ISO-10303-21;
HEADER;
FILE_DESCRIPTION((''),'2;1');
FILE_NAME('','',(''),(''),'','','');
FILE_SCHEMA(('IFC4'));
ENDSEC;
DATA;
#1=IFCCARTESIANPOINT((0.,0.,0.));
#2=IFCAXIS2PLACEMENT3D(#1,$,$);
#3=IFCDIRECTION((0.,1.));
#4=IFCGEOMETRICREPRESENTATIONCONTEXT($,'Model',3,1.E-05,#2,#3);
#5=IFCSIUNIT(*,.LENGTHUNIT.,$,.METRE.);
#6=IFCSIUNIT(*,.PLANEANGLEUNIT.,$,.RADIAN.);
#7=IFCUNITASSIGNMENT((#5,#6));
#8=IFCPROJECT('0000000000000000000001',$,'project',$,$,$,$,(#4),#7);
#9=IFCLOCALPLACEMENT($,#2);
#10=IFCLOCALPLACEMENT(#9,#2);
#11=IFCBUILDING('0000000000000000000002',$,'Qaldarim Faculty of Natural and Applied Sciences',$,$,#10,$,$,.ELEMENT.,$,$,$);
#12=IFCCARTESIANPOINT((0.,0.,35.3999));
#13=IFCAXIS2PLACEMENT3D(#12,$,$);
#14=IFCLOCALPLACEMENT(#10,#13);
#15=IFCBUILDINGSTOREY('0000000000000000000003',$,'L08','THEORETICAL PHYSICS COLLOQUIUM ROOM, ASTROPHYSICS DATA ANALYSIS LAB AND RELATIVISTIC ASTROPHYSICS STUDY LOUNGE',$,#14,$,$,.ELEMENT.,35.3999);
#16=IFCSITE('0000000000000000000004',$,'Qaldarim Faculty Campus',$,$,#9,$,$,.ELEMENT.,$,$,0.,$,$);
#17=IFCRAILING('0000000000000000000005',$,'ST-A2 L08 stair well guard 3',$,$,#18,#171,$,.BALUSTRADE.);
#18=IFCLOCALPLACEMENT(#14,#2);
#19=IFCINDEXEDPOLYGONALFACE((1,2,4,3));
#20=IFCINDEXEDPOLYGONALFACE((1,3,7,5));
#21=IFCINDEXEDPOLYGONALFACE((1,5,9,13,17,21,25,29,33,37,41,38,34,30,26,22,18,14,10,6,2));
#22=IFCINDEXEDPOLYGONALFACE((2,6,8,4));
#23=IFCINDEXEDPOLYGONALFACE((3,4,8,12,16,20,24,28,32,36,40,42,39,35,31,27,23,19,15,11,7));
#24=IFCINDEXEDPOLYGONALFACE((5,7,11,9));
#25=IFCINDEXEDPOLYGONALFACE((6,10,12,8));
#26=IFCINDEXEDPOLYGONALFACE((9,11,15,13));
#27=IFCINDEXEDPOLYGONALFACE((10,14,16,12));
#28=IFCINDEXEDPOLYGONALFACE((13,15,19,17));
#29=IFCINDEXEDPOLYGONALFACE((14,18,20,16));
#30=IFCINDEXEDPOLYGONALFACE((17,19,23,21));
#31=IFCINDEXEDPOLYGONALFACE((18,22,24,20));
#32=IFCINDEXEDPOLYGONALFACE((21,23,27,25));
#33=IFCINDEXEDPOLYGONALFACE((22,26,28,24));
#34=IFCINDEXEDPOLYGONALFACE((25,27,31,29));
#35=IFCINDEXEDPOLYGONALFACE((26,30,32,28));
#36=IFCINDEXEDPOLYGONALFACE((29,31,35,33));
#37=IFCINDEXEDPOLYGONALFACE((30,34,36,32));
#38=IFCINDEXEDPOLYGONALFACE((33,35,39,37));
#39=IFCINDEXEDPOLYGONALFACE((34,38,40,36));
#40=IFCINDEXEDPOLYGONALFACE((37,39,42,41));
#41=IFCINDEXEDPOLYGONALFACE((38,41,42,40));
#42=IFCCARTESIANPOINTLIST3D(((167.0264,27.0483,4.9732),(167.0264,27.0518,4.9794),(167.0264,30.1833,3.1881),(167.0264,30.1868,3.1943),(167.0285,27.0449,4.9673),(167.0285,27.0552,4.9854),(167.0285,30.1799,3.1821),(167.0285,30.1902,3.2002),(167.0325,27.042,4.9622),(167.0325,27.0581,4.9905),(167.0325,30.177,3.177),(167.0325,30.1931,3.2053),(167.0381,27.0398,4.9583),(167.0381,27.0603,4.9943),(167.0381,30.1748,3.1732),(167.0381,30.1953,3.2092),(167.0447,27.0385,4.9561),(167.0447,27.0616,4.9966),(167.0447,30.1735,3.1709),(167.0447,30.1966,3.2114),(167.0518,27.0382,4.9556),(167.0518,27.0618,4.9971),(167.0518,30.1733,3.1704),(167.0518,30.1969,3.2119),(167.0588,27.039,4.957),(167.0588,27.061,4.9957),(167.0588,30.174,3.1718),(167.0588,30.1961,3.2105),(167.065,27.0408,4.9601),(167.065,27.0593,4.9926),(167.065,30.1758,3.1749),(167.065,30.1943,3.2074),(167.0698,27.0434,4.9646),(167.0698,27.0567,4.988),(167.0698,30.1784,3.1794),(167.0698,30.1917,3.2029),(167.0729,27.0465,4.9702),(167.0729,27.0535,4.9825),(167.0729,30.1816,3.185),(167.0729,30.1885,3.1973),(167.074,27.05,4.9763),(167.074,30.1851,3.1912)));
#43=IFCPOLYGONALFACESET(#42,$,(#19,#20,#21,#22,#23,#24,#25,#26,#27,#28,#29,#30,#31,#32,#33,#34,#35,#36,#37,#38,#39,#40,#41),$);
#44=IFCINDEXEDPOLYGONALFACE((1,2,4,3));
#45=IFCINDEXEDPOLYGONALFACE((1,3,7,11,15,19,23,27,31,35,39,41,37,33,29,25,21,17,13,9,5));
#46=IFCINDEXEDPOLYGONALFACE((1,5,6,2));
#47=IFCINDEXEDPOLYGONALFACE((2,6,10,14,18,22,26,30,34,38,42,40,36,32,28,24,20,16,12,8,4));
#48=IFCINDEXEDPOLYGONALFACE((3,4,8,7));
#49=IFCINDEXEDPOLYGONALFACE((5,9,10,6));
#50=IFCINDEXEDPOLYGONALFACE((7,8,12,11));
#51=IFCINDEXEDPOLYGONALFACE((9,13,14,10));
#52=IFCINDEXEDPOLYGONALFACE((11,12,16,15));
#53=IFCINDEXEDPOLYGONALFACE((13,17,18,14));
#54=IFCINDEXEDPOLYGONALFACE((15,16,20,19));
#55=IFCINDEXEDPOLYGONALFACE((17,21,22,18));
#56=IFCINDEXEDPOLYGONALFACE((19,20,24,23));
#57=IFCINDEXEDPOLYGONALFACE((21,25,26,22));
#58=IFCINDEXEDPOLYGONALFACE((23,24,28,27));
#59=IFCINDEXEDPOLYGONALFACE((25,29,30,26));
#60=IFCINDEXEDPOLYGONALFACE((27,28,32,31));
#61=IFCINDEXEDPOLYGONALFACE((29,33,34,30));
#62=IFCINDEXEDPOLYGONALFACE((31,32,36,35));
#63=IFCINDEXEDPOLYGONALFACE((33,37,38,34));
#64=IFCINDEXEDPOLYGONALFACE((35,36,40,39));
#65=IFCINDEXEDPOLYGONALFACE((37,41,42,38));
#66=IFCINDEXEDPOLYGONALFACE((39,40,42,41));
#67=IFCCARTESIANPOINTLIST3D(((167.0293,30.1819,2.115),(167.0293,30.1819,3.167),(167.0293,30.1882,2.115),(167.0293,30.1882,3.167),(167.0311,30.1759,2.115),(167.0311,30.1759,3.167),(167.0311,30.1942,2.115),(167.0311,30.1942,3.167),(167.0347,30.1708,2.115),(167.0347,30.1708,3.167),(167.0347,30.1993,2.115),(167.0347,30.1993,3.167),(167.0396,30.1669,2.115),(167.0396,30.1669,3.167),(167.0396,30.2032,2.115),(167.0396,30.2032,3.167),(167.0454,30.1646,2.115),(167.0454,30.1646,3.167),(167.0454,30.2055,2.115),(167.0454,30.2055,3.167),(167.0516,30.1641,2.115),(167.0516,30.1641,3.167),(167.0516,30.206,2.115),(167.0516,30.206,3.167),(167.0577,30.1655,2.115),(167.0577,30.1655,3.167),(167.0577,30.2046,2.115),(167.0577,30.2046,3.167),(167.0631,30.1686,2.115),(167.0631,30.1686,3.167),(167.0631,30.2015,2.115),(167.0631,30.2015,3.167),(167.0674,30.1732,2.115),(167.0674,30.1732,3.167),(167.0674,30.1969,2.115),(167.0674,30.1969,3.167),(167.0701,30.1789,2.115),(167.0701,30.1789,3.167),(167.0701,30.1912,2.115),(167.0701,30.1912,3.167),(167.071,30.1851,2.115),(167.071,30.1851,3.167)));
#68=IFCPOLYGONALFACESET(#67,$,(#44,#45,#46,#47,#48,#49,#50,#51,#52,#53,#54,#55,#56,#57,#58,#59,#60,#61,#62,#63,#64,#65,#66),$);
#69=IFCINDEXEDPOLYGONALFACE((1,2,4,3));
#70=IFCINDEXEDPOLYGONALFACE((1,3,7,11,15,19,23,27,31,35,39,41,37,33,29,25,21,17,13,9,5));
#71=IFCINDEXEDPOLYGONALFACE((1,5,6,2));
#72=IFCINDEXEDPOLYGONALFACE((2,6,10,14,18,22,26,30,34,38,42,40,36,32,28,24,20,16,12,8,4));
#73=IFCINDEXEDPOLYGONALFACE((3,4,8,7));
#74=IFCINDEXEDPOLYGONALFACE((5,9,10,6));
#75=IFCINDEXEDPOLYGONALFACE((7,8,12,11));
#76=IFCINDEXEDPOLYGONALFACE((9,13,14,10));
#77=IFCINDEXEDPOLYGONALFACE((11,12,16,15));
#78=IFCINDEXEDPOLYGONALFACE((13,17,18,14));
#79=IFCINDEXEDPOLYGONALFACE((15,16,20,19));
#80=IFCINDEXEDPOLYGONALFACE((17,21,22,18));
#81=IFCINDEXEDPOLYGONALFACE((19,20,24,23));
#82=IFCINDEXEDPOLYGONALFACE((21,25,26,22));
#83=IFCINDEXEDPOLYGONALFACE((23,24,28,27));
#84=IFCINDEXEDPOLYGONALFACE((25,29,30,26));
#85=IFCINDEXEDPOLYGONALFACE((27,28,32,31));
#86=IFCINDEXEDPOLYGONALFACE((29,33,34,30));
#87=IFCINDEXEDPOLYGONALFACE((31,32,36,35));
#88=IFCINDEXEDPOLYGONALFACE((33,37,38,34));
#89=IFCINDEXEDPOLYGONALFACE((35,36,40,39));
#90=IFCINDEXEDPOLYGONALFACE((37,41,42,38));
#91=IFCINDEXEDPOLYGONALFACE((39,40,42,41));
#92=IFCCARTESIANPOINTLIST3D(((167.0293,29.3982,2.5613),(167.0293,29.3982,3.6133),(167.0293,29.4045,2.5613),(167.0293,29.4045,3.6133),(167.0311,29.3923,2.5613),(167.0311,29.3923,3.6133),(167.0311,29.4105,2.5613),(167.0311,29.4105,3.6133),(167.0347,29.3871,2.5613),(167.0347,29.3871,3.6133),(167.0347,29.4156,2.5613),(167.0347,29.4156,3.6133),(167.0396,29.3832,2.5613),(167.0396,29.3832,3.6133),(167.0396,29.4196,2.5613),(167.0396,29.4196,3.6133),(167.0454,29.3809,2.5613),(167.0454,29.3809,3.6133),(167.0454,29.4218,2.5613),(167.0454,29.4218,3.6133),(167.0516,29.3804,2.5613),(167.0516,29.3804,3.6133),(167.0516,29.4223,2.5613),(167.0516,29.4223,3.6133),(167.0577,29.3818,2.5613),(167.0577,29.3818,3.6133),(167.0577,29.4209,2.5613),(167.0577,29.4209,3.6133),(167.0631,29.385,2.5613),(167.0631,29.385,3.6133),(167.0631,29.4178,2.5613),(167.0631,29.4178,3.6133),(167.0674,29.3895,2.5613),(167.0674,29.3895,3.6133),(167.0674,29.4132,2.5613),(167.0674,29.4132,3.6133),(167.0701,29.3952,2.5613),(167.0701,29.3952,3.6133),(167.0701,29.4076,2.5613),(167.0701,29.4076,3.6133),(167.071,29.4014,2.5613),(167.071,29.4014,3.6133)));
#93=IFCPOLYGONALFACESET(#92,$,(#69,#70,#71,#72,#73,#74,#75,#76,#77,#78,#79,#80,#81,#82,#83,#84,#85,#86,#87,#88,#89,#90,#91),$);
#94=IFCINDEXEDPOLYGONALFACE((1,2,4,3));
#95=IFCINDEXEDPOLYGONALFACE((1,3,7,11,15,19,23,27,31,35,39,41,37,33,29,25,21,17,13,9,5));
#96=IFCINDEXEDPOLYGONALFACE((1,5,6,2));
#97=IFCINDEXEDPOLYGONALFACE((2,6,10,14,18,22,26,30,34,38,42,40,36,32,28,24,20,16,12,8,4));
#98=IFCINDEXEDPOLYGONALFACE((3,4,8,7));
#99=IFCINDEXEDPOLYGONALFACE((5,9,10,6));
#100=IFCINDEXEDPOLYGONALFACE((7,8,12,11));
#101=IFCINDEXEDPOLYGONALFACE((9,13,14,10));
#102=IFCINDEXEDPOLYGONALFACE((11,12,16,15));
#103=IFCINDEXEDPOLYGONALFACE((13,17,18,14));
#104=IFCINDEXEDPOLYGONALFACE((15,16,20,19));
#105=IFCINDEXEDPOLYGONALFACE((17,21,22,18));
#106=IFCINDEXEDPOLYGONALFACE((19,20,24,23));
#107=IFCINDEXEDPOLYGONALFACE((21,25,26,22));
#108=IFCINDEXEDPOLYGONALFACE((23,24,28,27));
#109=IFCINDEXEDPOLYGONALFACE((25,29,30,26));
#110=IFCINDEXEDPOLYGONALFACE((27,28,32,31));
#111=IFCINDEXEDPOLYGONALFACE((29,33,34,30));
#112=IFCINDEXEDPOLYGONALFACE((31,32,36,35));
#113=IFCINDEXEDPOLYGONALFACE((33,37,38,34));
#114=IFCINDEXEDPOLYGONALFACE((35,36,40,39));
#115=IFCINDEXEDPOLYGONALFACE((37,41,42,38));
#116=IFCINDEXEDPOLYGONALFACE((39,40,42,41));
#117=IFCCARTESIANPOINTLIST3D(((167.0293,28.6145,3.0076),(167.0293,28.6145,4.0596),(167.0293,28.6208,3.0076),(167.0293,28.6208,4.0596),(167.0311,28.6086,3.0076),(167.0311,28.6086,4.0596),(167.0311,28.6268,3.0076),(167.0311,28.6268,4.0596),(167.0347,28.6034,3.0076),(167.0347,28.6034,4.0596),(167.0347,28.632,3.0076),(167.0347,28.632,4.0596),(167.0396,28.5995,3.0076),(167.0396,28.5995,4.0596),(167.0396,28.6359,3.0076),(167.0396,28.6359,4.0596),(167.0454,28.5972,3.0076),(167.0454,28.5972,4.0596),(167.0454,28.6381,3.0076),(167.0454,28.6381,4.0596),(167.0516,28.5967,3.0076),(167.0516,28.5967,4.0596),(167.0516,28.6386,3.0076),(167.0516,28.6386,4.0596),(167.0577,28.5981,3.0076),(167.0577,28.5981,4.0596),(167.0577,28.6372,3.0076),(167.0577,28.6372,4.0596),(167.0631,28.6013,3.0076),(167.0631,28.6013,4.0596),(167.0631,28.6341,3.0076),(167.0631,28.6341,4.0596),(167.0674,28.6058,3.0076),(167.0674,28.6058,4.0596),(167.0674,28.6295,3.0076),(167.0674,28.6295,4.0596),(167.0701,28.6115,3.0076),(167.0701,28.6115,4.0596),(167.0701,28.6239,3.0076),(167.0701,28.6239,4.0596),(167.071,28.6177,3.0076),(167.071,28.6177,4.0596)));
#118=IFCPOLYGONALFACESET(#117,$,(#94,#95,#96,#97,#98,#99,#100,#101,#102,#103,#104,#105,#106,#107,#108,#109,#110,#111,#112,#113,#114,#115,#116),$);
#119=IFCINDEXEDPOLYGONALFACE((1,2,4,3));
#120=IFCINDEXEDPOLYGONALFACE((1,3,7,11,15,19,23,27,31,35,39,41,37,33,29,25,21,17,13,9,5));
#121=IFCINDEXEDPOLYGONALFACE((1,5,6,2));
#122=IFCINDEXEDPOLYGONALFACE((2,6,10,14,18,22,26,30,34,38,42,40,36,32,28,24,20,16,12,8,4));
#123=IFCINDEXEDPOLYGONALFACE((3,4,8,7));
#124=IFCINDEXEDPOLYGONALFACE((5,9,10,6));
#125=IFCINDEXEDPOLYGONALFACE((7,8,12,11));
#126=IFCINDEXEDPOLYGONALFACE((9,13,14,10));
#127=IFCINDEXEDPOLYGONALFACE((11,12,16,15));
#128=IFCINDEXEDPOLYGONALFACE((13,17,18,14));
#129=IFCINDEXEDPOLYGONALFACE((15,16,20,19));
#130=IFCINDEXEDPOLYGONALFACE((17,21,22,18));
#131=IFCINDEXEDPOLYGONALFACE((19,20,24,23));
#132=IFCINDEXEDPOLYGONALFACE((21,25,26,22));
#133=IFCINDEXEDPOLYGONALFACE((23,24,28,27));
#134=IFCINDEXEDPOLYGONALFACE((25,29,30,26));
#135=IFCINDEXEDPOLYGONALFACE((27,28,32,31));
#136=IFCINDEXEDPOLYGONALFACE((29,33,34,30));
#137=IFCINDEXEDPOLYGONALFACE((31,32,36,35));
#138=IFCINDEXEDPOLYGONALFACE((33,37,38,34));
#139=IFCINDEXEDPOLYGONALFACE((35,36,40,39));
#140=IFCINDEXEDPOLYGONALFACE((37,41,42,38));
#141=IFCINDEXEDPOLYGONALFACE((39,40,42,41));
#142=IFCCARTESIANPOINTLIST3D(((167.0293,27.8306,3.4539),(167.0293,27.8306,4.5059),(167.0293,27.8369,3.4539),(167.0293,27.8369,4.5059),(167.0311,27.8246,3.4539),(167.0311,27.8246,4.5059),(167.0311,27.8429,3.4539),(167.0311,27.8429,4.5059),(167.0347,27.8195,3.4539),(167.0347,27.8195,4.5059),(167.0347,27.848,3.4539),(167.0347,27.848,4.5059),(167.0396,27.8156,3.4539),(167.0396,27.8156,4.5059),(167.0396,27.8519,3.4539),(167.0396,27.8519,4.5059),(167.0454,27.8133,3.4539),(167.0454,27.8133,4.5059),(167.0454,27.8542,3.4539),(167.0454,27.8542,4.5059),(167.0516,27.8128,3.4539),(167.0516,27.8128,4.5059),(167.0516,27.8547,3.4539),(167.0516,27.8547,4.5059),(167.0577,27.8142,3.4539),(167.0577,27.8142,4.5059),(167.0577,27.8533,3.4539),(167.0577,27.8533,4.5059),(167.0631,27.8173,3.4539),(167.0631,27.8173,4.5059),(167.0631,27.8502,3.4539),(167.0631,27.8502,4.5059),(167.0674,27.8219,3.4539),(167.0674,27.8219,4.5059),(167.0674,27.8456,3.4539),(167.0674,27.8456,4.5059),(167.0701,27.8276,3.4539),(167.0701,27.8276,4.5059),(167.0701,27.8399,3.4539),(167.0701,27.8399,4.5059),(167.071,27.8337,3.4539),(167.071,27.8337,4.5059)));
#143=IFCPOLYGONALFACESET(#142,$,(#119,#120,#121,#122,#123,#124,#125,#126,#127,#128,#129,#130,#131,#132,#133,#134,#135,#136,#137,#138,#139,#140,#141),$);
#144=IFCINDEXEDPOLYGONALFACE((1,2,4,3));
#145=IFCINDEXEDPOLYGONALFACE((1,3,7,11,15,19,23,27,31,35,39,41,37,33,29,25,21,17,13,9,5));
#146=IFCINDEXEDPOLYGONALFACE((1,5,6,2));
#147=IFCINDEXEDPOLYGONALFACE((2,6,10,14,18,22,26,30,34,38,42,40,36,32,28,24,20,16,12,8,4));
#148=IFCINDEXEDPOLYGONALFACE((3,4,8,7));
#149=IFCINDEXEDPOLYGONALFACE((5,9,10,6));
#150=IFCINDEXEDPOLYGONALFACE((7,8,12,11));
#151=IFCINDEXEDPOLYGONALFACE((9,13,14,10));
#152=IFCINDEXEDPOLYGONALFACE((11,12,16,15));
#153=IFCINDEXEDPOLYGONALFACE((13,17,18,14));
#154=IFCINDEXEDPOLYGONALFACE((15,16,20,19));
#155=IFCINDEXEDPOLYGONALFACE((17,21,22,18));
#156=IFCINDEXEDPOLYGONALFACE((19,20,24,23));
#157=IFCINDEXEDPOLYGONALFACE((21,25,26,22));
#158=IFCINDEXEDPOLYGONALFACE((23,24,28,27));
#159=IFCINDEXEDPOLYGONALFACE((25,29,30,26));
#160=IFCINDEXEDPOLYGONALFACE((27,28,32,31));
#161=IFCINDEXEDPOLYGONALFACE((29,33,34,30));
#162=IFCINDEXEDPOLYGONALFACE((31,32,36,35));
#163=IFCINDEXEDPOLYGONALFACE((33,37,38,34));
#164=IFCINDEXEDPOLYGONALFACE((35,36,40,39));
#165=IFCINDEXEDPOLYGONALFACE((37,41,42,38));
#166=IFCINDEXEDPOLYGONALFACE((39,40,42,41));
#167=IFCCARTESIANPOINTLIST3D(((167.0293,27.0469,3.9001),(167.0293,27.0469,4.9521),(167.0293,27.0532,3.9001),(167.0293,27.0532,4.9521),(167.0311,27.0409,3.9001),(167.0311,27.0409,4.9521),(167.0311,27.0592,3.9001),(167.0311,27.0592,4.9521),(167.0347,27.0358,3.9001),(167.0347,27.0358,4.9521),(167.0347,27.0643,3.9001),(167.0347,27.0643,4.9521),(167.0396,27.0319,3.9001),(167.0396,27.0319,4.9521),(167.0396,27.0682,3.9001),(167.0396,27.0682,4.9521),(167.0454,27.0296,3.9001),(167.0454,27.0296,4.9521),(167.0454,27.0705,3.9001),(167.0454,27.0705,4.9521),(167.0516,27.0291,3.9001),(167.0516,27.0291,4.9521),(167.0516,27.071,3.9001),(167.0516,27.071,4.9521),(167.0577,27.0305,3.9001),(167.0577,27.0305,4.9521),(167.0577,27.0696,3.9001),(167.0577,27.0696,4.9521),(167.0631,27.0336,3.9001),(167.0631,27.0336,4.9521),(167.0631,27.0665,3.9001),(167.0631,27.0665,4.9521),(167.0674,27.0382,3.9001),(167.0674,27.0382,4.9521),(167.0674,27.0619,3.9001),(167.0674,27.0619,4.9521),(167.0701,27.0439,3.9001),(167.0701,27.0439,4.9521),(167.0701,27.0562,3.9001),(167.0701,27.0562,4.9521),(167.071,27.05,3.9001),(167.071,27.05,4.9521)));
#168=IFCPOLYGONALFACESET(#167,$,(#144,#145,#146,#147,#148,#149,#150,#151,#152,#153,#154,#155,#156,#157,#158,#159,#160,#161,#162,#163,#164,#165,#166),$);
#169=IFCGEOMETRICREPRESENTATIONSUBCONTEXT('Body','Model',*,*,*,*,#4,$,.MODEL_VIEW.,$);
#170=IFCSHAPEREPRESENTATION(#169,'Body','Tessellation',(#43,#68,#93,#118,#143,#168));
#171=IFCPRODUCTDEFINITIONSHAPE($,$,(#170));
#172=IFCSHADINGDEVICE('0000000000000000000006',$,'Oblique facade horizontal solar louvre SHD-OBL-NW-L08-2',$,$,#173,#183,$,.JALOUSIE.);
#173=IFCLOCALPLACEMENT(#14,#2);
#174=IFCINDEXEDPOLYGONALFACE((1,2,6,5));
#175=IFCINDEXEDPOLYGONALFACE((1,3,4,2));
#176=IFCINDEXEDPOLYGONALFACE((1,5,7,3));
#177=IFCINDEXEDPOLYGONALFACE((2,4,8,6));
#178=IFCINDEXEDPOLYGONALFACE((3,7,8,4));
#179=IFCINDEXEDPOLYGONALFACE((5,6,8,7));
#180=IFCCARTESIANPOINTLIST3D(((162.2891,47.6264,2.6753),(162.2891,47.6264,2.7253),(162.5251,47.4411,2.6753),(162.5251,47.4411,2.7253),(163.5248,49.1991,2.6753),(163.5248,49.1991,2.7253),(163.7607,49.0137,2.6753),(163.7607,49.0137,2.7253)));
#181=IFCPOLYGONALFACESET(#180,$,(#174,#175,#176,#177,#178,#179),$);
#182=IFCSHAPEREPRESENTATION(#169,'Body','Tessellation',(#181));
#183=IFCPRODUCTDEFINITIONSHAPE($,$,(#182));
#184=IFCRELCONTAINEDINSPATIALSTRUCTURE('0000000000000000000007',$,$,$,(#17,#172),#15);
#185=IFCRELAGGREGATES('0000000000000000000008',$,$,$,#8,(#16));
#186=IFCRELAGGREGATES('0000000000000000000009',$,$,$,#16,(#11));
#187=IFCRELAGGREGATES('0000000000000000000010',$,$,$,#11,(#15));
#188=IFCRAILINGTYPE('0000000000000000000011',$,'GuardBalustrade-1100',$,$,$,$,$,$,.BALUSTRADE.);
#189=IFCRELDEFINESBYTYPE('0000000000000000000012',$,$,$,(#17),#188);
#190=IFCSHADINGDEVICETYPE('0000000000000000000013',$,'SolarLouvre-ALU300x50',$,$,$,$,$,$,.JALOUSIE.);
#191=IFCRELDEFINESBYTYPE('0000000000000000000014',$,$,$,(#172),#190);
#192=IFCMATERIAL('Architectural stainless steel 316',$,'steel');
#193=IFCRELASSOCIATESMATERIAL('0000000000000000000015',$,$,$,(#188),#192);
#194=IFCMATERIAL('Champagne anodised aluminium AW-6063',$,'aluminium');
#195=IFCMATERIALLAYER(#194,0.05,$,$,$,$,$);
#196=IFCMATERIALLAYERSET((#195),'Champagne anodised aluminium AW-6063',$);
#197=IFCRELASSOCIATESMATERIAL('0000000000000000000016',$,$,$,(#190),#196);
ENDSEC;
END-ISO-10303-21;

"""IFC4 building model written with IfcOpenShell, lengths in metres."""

from ifc_helpers import new_model, si_unit, direction, frame, origin, origin_2d, place, context, subcontext, project, spatial, rectangle, circle, extrude, material, layer, layer_set, type_object, element, save


model = new_model("IFC4")

# Units and contexts
model_context = context("Model", 3, precision=1e-05, world=origin(), true_north=direction((0.0, 1.0)))
body_context = subcontext(model_context, "Body", "Model", "MODEL_VIEW")
ifc_project = project(units=[si_unit("LENGTHUNIT", "METRE"), si_unit("PLANEANGLEUNIT", "RADIAN")], contexts=[model_context])

# Site, building, storey
site_placement = place(None, origin())
site = spatial("IfcSite", under=ifc_project, at=site_placement, Name="Qaldarim Faculty Campus", CompositionType="ELEMENT", RefElevation=0.0)
building_placement = place(site_placement, origin())
building = spatial("IfcBuilding", under=site, at=building_placement, Name="Qaldarim Faculty of Natural and Applied Sciences", CompositionType="ELEMENT")
storey_placement = place(building_placement, frame((0.0, 0.0, 35.3999)))
storey = spatial("IfcBuildingStorey", under=building, at=storey_placement, Name="L08", Description="THEORETICAL PHYSICS COLLOQUIUM ROOM, ASTROPHYSICS DATA ANALYSIS LAB AND RELATIVISTIC ASTROPHYSICS STUDY LOUNGE", CompositionType="ELEMENT", Elevation=35.3999)

# Shared definitions
ifc_material_1 = material(Name="Architectural stainless steel 316", Category="steel")

# Railing
railing_type_1 = type_object("IfcRailingType", Name="GuardBalustrade-1100", PredefinedType="BALUSTRADE", material=ifc_material_1)
railing_1_placement = place(storey_placement, frame((167.05, 30.1851, 2.115)))
element("IfcRailing", 1, at=railing_1_placement, inside=storey, type_object=railing_type_1, Name="ST-A2 L08 stair well guard 3", PredefinedType="BALUSTRADE", context=body_context, shape_type="SweptSolid", body=[
    extrude(circle(Radius=0.0239, at=origin_2d()), frame((0.0, 0.0, 1.0762), z_axis=(0.0, -0.868992, 0.494827), x_axis=(1.0, 0.0, 0.0)), (0.0, 0.0, 1.0), 3.6077),
    extrude(circle(Radius=0.021, at=origin_2d()), origin(), (0.0, 0.0, 1.0), 1.052),
    extrude(circle(Radius=0.021, at=origin_2d()), frame((0.0, -0.7837, 0.4463)), (0.0, 0.0, 1.0), 1.052),
    extrude(circle(Radius=0.021, at=origin_2d()), frame((0.0, -1.5674, 0.8926)), (0.0, 0.0, 1.0), 1.052),
    extrude(circle(Radius=0.021, at=origin_2d()), frame((0.0, -2.3513, 1.3389)), (0.0, 0.0, 1.0), 1.052),
    extrude(circle(Radius=0.021, at=origin_2d()), frame((0.0, -3.135, 1.7852)), (0.0, 0.0, 1.0), 1.052),
])

# Shading device
ifc_material_2 = material(Name="Champagne anodised aluminium AW-6063", Category="aluminium")
ifc_layer_1 = layer(ifc_material_2, 0.05)
ifc_layer_set_1 = layer_set([ifc_layer_1], Name="Champagne anodised aluminium AW-6063")
shading_device_type = type_object("IfcShadingDeviceType", Name="SolarLouvre-ALU300x50", PredefinedType="JALOUSIE", material=ifc_layer_set_1)
shading_device_placement = place(storey_placement, frame((163.0249, 48.3201, 2.6753), z_axis=(0.0, 0.0, 1.0), x_axis=(0.617818, 0.786321, 0.0)))
element("IfcShadingDevice", 2, at=shading_device_placement, inside=storey, type_object=shading_device_type, Name="Oblique facade horizontal solar louvre SHD-OBL-NW-L08-2", PredefinedType="JALOUSIE", context=body_context, shape_type="SweptSolid", body=[
    extrude(rectangle(XDim=2.0, YDim=0.3, at=origin_2d()), origin(), (0.0, 0.0, 1.0), 0.05),
])

save(model, "model.ifc")
